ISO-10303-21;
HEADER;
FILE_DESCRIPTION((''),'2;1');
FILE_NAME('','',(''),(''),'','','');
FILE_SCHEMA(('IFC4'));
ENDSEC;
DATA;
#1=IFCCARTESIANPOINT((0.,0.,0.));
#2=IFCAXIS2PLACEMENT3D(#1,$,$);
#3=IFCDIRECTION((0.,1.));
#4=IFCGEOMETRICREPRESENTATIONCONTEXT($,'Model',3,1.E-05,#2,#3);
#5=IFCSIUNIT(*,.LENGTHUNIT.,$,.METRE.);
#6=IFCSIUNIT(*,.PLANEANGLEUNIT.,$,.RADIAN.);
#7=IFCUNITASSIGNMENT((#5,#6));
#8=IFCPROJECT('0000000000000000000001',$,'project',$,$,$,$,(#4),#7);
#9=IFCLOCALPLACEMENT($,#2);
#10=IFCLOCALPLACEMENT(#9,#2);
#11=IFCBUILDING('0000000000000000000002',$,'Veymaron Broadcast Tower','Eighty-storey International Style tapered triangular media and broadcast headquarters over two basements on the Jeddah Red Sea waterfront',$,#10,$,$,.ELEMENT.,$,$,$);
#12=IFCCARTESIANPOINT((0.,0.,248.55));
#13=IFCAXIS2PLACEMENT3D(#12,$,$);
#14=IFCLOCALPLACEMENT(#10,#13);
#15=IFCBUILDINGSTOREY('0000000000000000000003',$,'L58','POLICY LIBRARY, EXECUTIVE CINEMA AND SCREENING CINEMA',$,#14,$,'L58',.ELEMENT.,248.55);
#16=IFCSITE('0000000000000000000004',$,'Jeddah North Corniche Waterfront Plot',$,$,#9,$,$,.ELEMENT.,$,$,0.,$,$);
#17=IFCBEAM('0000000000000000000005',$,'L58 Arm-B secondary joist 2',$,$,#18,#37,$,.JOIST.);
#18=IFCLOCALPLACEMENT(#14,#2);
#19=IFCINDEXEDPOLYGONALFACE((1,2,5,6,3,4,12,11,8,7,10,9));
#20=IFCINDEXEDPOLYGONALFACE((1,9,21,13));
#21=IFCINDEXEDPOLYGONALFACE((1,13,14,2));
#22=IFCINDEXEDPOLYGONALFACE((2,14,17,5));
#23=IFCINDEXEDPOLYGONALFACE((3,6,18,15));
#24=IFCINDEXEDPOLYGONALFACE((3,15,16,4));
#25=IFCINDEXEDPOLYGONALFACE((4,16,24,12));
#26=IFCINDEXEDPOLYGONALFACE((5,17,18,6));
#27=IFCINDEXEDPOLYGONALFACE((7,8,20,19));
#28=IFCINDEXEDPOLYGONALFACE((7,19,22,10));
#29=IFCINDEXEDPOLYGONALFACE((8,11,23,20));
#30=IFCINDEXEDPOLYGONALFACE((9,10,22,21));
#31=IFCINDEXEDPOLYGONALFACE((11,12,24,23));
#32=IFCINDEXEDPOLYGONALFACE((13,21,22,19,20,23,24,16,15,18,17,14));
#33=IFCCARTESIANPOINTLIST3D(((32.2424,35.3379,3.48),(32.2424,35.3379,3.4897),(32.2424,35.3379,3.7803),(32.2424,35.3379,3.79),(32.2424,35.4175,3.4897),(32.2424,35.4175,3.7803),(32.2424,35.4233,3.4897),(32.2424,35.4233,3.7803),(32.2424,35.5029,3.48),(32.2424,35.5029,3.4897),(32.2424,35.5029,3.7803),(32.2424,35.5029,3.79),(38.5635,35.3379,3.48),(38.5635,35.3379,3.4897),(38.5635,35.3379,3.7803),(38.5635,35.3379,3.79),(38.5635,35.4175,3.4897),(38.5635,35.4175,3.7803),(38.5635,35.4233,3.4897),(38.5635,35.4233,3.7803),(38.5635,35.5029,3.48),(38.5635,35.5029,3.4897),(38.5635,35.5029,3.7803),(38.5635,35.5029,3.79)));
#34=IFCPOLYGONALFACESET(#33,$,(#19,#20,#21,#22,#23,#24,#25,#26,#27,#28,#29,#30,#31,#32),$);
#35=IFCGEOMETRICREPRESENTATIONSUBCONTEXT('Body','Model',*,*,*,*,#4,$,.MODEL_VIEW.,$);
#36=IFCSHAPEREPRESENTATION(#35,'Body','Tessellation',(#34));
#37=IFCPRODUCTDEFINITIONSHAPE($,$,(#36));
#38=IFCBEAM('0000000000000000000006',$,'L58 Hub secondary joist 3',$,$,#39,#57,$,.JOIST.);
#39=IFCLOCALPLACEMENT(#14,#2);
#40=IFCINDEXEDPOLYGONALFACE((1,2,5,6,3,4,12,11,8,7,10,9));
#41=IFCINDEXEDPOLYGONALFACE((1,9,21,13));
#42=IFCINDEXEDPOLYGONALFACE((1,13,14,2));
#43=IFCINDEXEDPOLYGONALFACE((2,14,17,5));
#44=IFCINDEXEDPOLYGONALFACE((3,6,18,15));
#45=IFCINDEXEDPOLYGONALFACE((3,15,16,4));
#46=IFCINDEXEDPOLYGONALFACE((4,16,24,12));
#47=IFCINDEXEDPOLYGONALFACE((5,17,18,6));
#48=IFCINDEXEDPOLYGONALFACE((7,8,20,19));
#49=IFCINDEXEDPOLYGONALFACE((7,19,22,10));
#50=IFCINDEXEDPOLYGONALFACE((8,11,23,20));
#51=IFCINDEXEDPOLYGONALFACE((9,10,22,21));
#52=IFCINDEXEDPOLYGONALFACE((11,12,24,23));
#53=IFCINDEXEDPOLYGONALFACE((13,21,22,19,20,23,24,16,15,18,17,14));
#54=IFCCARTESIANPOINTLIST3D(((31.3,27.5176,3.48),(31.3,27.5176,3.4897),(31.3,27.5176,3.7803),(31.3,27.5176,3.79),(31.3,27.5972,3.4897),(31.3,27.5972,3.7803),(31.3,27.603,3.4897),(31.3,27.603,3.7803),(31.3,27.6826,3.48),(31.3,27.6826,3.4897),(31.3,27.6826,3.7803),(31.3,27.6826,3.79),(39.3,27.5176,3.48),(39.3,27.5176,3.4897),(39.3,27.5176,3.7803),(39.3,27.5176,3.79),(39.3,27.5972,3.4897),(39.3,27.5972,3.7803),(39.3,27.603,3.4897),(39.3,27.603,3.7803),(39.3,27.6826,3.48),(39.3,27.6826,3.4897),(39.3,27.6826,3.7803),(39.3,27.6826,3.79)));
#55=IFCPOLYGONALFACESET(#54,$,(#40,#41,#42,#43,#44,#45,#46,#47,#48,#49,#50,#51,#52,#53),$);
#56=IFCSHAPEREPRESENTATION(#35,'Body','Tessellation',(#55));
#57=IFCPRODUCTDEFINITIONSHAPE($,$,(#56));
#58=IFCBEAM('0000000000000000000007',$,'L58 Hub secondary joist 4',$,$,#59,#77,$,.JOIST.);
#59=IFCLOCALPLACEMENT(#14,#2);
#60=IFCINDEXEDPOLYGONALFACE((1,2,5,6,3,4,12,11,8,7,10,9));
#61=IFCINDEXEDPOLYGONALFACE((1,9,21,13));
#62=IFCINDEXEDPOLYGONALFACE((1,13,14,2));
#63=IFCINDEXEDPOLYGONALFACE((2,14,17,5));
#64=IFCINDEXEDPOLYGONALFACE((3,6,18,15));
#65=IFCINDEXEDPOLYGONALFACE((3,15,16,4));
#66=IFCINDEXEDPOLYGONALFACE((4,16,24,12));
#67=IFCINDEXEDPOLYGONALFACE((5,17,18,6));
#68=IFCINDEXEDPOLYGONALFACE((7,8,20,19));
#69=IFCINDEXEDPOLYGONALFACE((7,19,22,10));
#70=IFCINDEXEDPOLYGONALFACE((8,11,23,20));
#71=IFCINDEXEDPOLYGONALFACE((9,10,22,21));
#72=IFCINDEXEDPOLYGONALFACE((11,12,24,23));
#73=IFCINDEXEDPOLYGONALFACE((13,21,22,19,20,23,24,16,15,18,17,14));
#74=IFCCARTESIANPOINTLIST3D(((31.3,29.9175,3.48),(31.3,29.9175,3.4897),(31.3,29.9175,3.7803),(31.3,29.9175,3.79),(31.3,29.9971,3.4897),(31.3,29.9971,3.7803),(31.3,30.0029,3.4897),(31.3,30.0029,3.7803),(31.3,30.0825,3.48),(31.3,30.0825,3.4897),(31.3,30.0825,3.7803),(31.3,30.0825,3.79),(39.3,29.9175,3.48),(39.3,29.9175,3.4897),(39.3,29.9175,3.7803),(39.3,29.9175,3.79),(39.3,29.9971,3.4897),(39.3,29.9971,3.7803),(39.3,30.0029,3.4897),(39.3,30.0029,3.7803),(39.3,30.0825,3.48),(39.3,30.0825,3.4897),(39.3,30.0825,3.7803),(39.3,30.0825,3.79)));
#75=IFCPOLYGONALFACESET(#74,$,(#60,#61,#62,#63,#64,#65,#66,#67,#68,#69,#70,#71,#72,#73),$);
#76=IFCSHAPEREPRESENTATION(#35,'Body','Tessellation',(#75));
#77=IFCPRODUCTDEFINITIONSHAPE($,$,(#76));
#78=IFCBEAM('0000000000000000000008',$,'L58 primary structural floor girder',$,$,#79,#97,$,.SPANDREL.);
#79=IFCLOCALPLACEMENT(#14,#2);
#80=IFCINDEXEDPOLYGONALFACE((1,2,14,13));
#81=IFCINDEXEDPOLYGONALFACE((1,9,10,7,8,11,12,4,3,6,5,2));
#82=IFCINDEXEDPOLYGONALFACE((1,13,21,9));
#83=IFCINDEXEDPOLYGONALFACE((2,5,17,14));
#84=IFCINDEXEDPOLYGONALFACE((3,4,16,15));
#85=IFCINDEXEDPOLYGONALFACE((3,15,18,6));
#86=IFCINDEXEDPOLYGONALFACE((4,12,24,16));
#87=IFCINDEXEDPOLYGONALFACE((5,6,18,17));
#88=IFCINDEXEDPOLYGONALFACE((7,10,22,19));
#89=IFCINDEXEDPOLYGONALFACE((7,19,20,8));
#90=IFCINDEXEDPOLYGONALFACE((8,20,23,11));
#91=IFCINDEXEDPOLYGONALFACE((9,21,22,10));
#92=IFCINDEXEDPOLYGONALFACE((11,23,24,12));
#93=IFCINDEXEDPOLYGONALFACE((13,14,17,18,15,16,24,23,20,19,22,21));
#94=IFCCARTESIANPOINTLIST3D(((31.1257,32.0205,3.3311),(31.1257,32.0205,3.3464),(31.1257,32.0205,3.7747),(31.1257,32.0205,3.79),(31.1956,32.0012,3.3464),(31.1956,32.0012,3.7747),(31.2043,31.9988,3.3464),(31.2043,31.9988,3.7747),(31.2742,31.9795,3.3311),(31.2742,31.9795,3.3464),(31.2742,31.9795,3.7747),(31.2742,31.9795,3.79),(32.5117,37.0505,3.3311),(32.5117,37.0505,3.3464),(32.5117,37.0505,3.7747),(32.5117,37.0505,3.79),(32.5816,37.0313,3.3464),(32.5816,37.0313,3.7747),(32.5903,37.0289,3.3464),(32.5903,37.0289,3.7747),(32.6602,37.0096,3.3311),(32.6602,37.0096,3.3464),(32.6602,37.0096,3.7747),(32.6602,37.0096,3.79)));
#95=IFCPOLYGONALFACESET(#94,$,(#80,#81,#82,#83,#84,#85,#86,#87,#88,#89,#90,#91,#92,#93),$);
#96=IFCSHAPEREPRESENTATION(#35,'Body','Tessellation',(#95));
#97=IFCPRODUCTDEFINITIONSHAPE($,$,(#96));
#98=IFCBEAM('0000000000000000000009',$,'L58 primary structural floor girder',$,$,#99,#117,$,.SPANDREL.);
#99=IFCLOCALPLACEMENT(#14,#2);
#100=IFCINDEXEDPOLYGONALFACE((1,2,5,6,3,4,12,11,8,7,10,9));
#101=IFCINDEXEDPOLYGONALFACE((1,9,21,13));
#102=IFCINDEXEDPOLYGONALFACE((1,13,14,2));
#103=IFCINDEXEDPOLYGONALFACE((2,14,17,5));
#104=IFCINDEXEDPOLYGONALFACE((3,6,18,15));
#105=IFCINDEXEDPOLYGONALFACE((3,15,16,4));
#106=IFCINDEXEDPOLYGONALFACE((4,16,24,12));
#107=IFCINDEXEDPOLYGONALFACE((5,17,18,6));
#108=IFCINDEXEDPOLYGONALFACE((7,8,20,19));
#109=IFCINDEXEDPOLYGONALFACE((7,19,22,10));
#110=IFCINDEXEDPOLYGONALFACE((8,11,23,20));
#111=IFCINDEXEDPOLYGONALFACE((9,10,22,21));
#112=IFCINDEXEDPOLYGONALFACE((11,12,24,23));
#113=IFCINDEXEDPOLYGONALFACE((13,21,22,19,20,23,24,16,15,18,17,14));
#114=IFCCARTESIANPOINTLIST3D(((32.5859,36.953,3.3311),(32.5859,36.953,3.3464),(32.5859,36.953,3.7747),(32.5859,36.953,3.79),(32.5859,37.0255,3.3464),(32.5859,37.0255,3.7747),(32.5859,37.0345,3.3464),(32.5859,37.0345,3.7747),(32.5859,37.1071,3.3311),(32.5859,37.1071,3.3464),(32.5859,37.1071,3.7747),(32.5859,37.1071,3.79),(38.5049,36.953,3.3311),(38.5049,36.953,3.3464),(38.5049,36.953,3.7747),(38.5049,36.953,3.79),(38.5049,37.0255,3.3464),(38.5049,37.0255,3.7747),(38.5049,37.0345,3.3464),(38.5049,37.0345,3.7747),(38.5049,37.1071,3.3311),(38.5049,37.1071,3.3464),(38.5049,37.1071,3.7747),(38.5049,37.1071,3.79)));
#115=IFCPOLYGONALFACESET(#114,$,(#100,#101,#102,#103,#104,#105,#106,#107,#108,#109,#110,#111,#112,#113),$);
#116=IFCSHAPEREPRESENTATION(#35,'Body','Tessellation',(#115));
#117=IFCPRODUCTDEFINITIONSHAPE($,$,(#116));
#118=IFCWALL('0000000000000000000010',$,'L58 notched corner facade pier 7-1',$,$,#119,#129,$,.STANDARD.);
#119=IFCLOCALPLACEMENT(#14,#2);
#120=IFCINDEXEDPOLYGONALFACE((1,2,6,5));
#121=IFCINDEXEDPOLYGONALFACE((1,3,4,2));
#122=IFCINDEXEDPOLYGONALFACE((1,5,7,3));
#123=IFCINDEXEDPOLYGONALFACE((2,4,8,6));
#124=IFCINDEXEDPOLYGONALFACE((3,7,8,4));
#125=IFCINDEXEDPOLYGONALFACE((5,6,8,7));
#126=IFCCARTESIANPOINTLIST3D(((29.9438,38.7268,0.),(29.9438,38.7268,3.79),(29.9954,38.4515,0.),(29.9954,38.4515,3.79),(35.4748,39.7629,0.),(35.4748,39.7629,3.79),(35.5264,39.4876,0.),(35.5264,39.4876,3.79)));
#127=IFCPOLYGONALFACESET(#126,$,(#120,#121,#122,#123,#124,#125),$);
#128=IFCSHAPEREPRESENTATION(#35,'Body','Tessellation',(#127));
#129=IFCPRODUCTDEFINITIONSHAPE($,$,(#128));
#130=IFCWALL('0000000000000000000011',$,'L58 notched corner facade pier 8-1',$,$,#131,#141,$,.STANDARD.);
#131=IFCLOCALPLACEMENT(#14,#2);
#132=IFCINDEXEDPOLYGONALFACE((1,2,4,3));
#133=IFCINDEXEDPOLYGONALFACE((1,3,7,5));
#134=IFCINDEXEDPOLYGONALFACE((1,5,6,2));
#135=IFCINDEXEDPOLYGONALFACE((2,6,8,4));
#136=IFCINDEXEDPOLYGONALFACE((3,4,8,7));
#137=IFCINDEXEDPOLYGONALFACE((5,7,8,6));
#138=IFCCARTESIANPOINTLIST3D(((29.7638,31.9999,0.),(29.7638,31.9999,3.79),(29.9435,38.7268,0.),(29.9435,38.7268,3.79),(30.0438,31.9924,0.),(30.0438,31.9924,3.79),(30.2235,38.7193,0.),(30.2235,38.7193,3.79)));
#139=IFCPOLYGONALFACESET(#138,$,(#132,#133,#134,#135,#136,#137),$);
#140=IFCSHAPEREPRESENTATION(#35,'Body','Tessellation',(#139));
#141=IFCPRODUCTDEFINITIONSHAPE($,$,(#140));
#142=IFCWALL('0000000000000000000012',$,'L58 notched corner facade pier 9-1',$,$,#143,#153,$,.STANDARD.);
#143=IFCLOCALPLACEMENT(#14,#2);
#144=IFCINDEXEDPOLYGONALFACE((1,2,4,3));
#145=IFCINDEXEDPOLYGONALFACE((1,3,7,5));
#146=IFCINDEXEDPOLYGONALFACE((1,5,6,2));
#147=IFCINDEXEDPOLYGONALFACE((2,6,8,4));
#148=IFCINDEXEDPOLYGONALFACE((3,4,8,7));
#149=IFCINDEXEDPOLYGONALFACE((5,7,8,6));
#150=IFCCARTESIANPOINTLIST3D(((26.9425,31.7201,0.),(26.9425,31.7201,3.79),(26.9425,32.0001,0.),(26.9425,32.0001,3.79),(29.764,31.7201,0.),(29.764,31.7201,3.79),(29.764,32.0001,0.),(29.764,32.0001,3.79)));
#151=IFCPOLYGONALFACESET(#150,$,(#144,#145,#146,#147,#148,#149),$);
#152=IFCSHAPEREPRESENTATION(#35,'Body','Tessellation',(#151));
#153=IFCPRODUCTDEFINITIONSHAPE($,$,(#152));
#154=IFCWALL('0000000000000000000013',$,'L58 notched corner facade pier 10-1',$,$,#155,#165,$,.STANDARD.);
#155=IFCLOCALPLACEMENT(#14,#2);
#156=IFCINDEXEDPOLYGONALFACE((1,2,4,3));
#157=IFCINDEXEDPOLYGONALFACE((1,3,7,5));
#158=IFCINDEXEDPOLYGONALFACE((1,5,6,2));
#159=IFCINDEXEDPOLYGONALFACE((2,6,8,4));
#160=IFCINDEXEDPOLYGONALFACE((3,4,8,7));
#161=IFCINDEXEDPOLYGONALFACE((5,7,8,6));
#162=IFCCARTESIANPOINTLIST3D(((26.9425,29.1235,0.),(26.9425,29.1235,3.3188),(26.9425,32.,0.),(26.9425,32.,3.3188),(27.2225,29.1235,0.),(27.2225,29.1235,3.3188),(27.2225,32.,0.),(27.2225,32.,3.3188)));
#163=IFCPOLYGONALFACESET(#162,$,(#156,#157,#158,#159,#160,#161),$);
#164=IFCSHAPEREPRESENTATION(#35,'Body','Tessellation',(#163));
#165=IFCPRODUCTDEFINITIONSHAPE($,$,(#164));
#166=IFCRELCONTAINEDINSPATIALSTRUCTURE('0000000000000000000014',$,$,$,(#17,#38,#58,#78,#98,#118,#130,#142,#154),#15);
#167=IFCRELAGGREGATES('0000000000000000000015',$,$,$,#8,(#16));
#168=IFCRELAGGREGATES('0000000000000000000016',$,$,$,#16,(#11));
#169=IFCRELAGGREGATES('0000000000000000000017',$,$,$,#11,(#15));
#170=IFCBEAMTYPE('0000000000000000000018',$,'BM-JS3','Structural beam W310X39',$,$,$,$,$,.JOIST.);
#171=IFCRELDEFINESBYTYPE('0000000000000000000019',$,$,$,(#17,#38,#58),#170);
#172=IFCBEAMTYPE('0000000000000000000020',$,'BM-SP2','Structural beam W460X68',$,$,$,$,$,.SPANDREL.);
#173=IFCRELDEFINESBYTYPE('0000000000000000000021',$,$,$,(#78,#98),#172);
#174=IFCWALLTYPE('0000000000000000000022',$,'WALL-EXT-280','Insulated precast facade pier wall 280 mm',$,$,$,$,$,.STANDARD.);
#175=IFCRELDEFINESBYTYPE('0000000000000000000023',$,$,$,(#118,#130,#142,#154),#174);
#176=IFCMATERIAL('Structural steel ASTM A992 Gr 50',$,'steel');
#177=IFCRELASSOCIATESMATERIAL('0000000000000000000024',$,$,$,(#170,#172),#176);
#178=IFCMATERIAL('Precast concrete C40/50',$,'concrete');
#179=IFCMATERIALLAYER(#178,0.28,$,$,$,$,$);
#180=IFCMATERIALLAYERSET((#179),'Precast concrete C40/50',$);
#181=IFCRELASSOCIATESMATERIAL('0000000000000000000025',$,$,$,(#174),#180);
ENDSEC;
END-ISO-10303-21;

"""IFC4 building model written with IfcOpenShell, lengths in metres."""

from ifc_helpers import new_model, si_unit, direction, frame, frame_2d, origin, origin_2d, place, context, subcontext, project, spatial, rectangle, i_section, extrude, material, layer, layer_set, material_profile, profile_set, type_object, element, save


model = new_model("IFC4")

# Units and contexts
model_context = context("Model", 3, precision=1e-05, world=origin(), true_north=direction((0.0, 1.0)))
body_context = subcontext(model_context, "Body", "Model", "MODEL_VIEW")
ifc_project = project(units=[si_unit("LENGTHUNIT", "METRE"), si_unit("PLANEANGLEUNIT", "RADIAN")], contexts=[model_context])

# Site, building, storey
site_placement = place(None, origin())
site = spatial("IfcSite", under=ifc_project, at=site_placement, Name="Jeddah North Corniche Waterfront Plot", CompositionType="ELEMENT", RefElevation=0.0)
building_placement = place(site_placement, origin())
building = spatial("IfcBuilding", under=site, at=building_placement, Name="Veymaron Broadcast Tower", Description="Eighty-storey International Style tapered triangular media and broadcast headquarters over two basements on the Jeddah Red Sea waterfront", CompositionType="ELEMENT")
storey_placement = place(building_placement, frame((0.0, 0.0, 248.55)))
storey = spatial("IfcBuildingStorey", under=building, at=storey_placement, Name="L58", Description="POLICY LIBRARY, EXECUTIVE CINEMA AND SCREENING CINEMA", LongName="L58", CompositionType="ELEMENT", Elevation=248.55)

# Shared definitions
ifc_material_1 = material(Name="Structural steel ASTM A992 Gr 50", Category="steel")

# Beams
ifc_material_profile_1 = material_profile(ifc_material_1, i_section(OverallWidth=0.165, OverallDepth=0.3101, WebThickness=0.0059, FlangeThickness=0.0098, at=origin_2d()), Name="W310X39")
ifc_profile_set_1 = profile_set([ifc_material_profile_1], Name="Structural steel ASTM A992 Gr 50")
beam_type_1 = type_object("IfcBeamType", Name="BM-JS3", Description="Structural beam W310X39", PredefinedType="JOIST", material=ifc_profile_set_1)
beam_1_placement = place(storey_placement, frame((32.2424, 35.4204, 3.635), z_axis=(1.0, 0.0, 0.0), x_axis=(0.0, 1.0, 0.0)))
element("IfcBeam", 1, at=beam_1_placement, inside=storey, type_object=beam_type_1, Name="L58 Arm-B secondary joist 2", PredefinedType="JOIST", context=body_context, shape_type="SweptSolid", body=[
    extrude(i_section(OverallWidth=0.165, OverallDepth=0.3101, WebThickness=0.0059, FlangeThickness=0.0098, at=origin_2d()), origin(), (0.0, 0.0, 1.0), 6.321),
])
for number, where, z_axis, x_axis, name in (
    (2, (31.3, 27.6001, 3.635), (1.0, 0.0, 0.0), (0.0, 1.0, 0.0), "L58 Hub secondary joist 3"),
    (3, (31.3, 30.0, 3.635), (1.0, 0.0, 0.0), (0.0, 1.0, 0.0), "L58 Hub secondary joist 4"),
):
    element("IfcBeam", number, at=place(storey_placement, frame(where, z_axis=z_axis, x_axis=x_axis)), inside=storey, type_object=beam_type_1, Name=name, PredefinedType="JOIST", context=body_context, shape_type="SweptSolid", body=[
        extrude(i_section(OverallWidth=0.165, OverallDepth=0.3101, WebThickness=0.0059, FlangeThickness=0.0098, at=origin_2d()), origin(), (0.0, 0.0, 1.0), 8.0),
    ])
ifc_material_profile_2 = material_profile(ifc_material_1, i_section(OverallWidth=0.1541, OverallDepth=0.459, WebThickness=0.009, FlangeThickness=0.0154, at=origin_2d()), Name="W460X68")
ifc_profile_set_2 = profile_set([ifc_material_profile_2], Name="Structural steel ASTM A992 Gr 50")
beam_type_2 = type_object("IfcBeamType", Name="BM-SP2", Description="Structural beam W460X68", PredefinedType="SPANDREL", material=ifc_profile_set_2)
beam_2_placement = place(storey_placement, frame((31.2, 32.0, 3.5605), z_axis=(0.265643, 0.964072, 0.0), x_axis=(-0.964072, 0.265643, 0.0)))
element("IfcBeam", 4, at=beam_2_placement, inside=storey, type_object=beam_type_2, Name="L58 primary structural floor girder", PredefinedType="SPANDREL", context=body_context, shape_type="SweptSolid", body=[
    extrude(i_section(OverallWidth=0.1541, OverallDepth=0.459, WebThickness=0.009, FlangeThickness=0.0154, at=origin_2d()), origin(), (0.0, 0.0, 1.0), 5.2175),
])
beam_3_placement = place(storey_placement, frame((32.5859, 37.03, 3.5605), z_axis=(1.0, 0.0, 0.0), x_axis=(0.0, 1.0, 0.0)))
element("IfcBeam", 5, at=beam_3_placement, inside=storey, type_object=beam_type_2, Name="L58 primary structural floor girder", PredefinedType="SPANDREL", context=body_context, shape_type="SweptSolid", body=[
    extrude(i_section(OverallWidth=0.1541, OverallDepth=0.459, WebThickness=0.009, FlangeThickness=0.0154, at=origin_2d()), origin(), (0.0, 0.0, 1.0), 5.9189),
])

# Walls
ifc_material_2 = material(Name="Precast concrete C40/50", Category="concrete")
ifc_layer_1 = layer(ifc_material_2, 0.28)
ifc_layer_set_1 = layer_set([ifc_layer_1], Name="Precast concrete C40/50")
wall_type_1 = type_object("IfcWallType", Name="WALL-EXT-280", Description="Insulated precast facade pier wall 280 mm", PredefinedType="STANDARD", material=ifc_layer_set_1)
wall_1_placement = place(storey_placement, frame((35.5005, 39.6252, 0.0), z_axis=(0.0, 0.0, 1.0), x_axis=(-0.982902, -0.184129, 0.0)))
element("IfcWall", 6, at=wall_1_placement, inside=storey, type_object=wall_type_1, Name="L58 notched corner facade pier 7-1", PredefinedType="STANDARD", context=body_context, shape_type="SweptSolid", body=[
    extrude(rectangle(XDim=5.6272, YDim=0.28, at=frame_2d((2.8135, 0.0))), origin(), (0.0, 0.0, 1.0), 3.79),
])
wall_2_placement = place(storey_placement, frame((30.0835, 38.7231, 0.0), z_axis=(0.0, 0.0, 1.0), x_axis=(-0.026703, -0.999643, 0.0)))
element("IfcWall", 7, at=wall_2_placement, inside=storey, type_object=wall_type_1, Name="L58 notched corner facade pier 8-1", PredefinedType="STANDARD", context=body_context, shape_type="SweptSolid", body=[
    extrude(rectangle(XDim=6.7292, YDim=0.28, at=frame_2d((3.3647, 0.0))), origin(), (0.0, 0.0, 1.0), 3.79),
])
wall_3_placement = place(storey_placement, frame((29.7639, 31.8601, 0.0), z_axis=(0.0, 0.0, 1.0), x_axis=(-1.0, 0.0, 0.0)))
element("IfcWall", 8, at=wall_3_placement, inside=storey, type_object=wall_type_1, Name="L58 notched corner facade pier 9-1", PredefinedType="STANDARD", context=body_context, shape_type="SweptSolid", body=[
    extrude(rectangle(XDim=2.8215, YDim=0.28, at=frame_2d((1.4106, 0.0))), origin(), (0.0, 0.0, 1.0), 3.79),
])
wall_4_placement = place(storey_placement, frame((27.0825, 32.0, 0.0), z_axis=(0.0, 0.0, 1.0), x_axis=(0.0, -1.0, 0.0)))
element("IfcWall", 9, at=wall_4_placement, inside=storey, type_object=wall_type_1, Name="L58 notched corner facade pier 10-1", PredefinedType="STANDARD", context=body_context, shape_type="SweptSolid", body=[
    extrude(rectangle(XDim=2.8765, YDim=0.28, at=frame_2d((1.4382, 0.0))), origin(), (0.0, 0.0, 1.0), 3.3188),
])

save(model, "model.ifc")
